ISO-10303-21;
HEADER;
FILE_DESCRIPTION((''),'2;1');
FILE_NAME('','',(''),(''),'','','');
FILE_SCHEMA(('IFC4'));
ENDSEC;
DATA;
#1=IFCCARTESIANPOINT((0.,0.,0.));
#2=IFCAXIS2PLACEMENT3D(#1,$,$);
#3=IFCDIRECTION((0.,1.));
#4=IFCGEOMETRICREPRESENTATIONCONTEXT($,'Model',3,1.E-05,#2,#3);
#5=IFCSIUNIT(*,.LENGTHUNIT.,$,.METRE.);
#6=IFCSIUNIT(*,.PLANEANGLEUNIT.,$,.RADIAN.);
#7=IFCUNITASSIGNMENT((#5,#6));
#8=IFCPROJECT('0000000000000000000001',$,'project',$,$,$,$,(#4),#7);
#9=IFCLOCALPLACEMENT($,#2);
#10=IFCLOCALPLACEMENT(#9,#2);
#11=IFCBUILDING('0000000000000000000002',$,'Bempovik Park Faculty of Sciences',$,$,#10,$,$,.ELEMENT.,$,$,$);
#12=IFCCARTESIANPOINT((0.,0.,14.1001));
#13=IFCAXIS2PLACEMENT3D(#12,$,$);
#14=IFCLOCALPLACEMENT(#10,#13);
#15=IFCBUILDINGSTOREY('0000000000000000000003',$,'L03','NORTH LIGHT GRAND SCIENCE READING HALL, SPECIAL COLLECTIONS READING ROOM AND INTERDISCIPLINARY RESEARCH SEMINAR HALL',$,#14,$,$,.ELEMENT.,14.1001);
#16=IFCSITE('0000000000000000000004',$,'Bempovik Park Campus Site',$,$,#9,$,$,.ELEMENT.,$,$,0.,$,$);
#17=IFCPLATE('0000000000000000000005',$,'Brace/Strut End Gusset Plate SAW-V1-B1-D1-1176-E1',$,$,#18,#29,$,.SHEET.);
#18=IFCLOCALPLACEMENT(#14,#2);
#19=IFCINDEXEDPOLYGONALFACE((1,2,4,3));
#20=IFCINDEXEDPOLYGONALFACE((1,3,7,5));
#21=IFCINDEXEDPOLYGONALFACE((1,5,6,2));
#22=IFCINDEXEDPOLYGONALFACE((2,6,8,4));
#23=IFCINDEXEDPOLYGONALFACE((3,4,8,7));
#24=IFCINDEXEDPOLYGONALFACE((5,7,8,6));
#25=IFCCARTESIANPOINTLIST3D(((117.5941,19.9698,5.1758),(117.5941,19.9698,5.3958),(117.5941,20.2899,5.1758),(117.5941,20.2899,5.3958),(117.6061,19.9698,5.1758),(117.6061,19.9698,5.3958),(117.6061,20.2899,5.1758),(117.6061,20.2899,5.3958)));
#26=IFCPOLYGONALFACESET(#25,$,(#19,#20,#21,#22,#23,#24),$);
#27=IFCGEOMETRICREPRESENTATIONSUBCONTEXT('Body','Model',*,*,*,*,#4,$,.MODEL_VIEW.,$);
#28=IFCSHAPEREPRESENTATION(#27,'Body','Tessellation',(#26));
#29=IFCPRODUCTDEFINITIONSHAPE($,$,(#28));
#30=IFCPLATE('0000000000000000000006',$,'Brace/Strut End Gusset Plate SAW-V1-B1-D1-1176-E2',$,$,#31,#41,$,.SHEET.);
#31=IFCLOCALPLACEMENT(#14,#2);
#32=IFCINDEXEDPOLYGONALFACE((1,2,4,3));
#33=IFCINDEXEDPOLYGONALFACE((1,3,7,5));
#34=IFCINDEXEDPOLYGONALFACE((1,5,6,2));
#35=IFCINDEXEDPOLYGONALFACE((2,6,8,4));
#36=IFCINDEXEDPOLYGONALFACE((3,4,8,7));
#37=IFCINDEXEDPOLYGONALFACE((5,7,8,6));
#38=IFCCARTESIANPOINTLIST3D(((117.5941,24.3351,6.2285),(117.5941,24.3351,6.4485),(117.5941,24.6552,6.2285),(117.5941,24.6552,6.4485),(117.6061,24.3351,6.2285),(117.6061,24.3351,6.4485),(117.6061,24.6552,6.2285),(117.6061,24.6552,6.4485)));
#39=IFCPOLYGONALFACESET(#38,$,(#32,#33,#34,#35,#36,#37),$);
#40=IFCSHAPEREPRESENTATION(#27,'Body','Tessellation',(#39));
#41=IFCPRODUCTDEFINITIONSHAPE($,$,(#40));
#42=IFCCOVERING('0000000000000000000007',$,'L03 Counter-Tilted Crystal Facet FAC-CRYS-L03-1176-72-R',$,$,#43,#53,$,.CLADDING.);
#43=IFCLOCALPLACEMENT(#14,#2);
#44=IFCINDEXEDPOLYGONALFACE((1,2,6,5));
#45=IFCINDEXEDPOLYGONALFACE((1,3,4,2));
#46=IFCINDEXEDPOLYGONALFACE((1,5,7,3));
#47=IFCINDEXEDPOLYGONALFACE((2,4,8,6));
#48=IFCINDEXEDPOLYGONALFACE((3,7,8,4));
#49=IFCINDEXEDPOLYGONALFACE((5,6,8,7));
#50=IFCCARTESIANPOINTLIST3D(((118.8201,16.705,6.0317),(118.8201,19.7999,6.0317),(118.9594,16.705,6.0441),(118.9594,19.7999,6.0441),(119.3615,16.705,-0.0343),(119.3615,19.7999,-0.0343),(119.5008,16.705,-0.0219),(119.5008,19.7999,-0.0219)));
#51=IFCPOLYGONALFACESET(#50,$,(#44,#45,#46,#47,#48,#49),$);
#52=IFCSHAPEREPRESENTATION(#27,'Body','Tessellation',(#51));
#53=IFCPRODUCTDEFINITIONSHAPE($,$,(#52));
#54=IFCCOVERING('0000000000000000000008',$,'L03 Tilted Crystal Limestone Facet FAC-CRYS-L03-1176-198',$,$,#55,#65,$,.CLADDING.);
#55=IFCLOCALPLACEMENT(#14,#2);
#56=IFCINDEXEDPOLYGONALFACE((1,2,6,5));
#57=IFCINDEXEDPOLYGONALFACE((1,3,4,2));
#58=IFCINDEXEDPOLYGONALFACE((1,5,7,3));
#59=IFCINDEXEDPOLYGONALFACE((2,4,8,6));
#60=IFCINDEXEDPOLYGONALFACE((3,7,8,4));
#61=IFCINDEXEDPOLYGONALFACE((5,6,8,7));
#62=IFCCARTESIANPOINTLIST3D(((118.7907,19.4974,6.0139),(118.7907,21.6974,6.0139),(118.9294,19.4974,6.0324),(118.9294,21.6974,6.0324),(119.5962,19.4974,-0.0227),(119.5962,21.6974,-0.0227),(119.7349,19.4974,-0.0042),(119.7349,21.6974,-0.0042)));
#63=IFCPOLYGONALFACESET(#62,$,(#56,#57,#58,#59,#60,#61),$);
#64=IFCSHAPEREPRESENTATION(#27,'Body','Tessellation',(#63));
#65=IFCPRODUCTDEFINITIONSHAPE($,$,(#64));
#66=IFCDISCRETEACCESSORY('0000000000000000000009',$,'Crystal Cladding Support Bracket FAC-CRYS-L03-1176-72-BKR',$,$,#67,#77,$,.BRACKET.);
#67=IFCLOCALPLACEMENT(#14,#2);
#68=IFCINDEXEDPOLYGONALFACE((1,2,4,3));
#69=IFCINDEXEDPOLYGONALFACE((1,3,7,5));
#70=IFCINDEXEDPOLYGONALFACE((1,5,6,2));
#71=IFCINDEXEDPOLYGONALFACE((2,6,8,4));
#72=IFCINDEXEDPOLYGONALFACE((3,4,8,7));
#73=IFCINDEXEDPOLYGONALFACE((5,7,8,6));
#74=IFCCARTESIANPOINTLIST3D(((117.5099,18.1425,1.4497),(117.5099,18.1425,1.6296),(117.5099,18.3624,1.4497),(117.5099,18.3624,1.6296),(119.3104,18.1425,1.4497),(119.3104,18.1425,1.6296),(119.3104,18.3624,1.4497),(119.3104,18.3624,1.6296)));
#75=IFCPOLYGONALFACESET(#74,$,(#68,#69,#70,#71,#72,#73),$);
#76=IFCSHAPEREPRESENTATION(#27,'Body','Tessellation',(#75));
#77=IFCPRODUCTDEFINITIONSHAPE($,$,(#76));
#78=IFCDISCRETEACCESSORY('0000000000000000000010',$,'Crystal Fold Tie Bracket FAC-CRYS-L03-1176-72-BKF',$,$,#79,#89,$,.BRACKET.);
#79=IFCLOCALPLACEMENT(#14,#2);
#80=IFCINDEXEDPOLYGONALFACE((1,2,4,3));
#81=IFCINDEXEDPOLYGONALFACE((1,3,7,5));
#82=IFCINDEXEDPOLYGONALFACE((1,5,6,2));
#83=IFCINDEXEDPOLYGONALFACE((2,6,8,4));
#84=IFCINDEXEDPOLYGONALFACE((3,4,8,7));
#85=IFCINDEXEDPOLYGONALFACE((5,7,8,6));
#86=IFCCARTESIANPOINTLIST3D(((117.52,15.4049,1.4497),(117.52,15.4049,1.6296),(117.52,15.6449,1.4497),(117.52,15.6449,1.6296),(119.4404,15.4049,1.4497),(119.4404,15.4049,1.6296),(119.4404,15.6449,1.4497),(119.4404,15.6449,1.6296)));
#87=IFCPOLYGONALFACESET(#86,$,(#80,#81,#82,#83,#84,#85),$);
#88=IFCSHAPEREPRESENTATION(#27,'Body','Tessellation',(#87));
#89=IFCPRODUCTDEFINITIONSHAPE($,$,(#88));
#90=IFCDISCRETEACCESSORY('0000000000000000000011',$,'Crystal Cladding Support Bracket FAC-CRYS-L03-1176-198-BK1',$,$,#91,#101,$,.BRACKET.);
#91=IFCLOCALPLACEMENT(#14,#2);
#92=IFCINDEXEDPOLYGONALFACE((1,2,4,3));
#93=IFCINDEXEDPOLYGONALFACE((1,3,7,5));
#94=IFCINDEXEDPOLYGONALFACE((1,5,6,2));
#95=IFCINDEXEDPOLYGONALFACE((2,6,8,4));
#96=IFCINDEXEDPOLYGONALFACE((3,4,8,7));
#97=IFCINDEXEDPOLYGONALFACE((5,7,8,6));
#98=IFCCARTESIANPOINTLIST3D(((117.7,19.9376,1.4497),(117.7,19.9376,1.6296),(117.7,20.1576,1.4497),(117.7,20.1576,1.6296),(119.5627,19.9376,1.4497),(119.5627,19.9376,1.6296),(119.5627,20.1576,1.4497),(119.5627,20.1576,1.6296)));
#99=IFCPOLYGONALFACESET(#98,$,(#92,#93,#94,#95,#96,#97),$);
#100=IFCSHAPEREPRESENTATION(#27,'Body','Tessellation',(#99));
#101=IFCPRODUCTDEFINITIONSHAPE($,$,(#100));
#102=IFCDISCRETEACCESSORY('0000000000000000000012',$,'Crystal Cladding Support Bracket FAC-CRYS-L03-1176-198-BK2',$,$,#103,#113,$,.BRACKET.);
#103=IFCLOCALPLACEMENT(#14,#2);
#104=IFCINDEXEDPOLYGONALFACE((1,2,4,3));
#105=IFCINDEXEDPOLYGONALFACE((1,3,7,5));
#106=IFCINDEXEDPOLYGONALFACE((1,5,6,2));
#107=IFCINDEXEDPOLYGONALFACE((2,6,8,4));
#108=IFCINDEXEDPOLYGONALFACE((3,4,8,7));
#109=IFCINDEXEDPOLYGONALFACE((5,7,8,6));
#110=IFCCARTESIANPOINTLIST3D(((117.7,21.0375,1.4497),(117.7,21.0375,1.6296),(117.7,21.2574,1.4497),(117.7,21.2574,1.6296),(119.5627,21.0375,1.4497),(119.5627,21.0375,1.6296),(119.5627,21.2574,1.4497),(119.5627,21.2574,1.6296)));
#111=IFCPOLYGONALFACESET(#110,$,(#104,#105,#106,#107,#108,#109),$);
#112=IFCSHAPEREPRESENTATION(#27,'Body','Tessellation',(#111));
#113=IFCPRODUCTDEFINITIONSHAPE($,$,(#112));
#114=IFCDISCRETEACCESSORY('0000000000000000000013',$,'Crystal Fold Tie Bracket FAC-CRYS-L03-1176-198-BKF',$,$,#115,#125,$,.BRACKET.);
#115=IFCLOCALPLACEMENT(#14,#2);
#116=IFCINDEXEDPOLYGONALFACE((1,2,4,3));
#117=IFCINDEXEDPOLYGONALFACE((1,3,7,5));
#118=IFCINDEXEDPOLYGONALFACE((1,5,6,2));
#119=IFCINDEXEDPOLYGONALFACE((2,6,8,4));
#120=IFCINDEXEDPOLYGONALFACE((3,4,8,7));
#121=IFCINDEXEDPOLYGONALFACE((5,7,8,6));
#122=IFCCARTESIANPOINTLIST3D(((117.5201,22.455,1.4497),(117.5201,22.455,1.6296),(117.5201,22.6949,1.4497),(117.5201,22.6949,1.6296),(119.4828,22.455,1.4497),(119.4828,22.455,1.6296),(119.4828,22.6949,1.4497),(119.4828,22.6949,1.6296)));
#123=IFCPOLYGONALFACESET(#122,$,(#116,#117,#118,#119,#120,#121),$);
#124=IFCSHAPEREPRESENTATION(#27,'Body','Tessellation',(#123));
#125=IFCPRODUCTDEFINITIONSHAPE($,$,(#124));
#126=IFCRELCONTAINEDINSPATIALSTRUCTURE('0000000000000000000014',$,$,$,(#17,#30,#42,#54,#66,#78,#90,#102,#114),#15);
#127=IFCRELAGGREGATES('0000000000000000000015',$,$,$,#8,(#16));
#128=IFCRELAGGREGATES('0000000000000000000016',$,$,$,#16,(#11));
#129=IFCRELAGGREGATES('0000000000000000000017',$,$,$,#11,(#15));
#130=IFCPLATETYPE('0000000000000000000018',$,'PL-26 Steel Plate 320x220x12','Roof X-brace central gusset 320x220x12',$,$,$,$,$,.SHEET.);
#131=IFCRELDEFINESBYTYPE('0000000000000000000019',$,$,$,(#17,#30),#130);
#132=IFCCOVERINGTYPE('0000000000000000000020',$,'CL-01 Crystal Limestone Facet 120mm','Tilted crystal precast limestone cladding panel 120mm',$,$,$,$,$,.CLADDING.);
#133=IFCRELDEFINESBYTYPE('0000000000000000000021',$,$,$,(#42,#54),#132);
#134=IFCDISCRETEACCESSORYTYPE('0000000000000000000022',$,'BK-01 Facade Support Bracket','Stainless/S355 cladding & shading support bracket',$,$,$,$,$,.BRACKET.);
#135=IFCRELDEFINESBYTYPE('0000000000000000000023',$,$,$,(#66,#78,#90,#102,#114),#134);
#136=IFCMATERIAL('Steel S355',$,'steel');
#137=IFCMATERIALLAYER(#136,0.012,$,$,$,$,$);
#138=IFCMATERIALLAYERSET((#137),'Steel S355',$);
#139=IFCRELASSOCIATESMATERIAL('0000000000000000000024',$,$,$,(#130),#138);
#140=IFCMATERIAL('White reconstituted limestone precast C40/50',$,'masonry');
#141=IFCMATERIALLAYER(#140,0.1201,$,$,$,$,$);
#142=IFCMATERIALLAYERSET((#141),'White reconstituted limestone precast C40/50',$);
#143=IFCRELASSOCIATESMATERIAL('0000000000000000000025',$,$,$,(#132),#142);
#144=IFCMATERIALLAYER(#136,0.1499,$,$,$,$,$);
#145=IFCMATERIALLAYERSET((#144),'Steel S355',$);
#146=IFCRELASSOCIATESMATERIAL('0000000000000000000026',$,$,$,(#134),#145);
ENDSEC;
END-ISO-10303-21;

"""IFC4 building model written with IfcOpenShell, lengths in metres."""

from ifc_helpers import new_model, si_unit, direction, frame, origin, origin_2d, place, context, subcontext, project, spatial, rectangle, extrude, material, layer, layer_set, type_object, element, save


model = new_model("IFC4")

# Units and contexts
model_context = context("Model", 3, precision=1e-05, world=origin(), true_north=direction((0.0, 1.0)))
body_context = subcontext(model_context, "Body", "Model", "MODEL_VIEW")
ifc_project = project(units=[si_unit("LENGTHUNIT", "METRE"), si_unit("PLANEANGLEUNIT", "RADIAN")], contexts=[model_context])

# Site, building, storey
site_placement = place(None, origin())
site = spatial("IfcSite", under=ifc_project, at=site_placement, Name="Bempovik Park Campus Site", CompositionType="ELEMENT", RefElevation=0.0)
building_placement = place(site_placement, origin())
building = spatial("IfcBuilding", under=site, at=building_placement, Name="Bempovik Park Faculty of Sciences", CompositionType="ELEMENT")
storey_placement = place(building_placement, frame((0.0, 0.0, 14.1001)))
storey = spatial("IfcBuildingStorey", under=building, at=storey_placement, Name="L03", Description="NORTH LIGHT GRAND SCIENCE READING HALL, SPECIAL COLLECTIONS READING ROOM AND INTERDISCIPLINARY RESEARCH SEMINAR HALL", CompositionType="ELEMENT", Elevation=14.1001)

# Shared definitions
ifc_material_1 = material(Name="Steel S355", Category="steel")

# Plates
ifc_layer_1 = layer(ifc_material_1, 0.012)
ifc_layer_set_1 = layer_set([ifc_layer_1], Name="Steel S355")
plate_type_1 = type_object("IfcPlateType", Name="PL-26 Steel Plate 320x220x12", Description="Roof X-brace central gusset 320x220x12", PredefinedType="SHEET", material=ifc_layer_set_1)
for number, where, z_axis, x_axis, name in (
    (1, (117.6001, 20.1299, 5.1758), (0.0, 0.0, 1.0), (1.0, 0.0, 0.0), "Brace/Strut End Gusset Plate SAW-V1-B1-D1-1176-E1"),
    (2, (117.6001, 24.4951, 6.2285), (0.0, 0.0, 1.0), (1.0, 0.0, 0.0), "Brace/Strut End Gusset Plate SAW-V1-B1-D1-1176-E2"),
):
    element("IfcPlate", number, at=place(storey_placement, frame(where, z_axis=z_axis, x_axis=x_axis)), inside=storey, type_object=plate_type_1, Name=name, PredefinedType="SHEET", context=body_context, shape_type="SweptSolid", body=[
        extrude(rectangle(XDim=0.012, YDim=0.3201, at=origin_2d()), origin(), (0.0, 0.0, 1.0), 0.22),
    ])

# Coverings
ifc_material_2 = material(Name="White reconstituted limestone precast C40/50", Category="masonry")
ifc_layer_2 = layer(ifc_material_2, 0.1201)
ifc_layer_set_2 = layer_set([ifc_layer_2], Name="White reconstituted limestone precast C40/50")
covering_type = type_object("IfcCoveringType", Name="CL-01 Crystal Limestone Facet 120mm", Description="Tilted crystal precast limestone cladding panel 120mm", PredefinedType="CLADDING", material=ifc_layer_set_2)
covering_1_placement = place(storey_placement, frame((119.4312, 18.2524, -0.0281), z_axis=(-0.088894, 0.0, 0.996041), x_axis=(0.0, 1.0, 0.0)))
element("IfcCovering", 3, at=covering_1_placement, inside=storey, type_object=covering_type, Name="L03 Counter-Tilted Crystal Facet FAC-CRYS-L03-1176-72-R", PredefinedType="CLADDING", context=body_context, shape_type="SweptSolid", body=[
    extrude(rectangle(XDim=3.095, YDim=0.1399, at=origin_2d()), origin(), (0.0, 0.0, 1.0), 6.0901),
])
covering_2_placement = place(storey_placement, frame((119.6655, 20.5974, -0.0134), z_axis=(-0.132256, 0.0, 0.991216), x_axis=(0.0, 1.0, 0.0)))
element("IfcCovering", 4, at=covering_2_placement, inside=storey, type_object=covering_type, Name="L03 Tilted Crystal Limestone Facet FAC-CRYS-L03-1176-198", PredefinedType="CLADDING", context=body_context, shape_type="SweptSolid", body=[
    extrude(rectangle(XDim=2.2, YDim=0.1399, at=origin_2d()), origin(), (0.0, 0.0, 1.0), 6.0901),
])

# Discrete accessories
ifc_layer_3 = layer(ifc_material_1, 0.1499)
ifc_layer_set_3 = layer_set([ifc_layer_3], Name="Steel S355")
discrete_accessory_type = type_object("IfcDiscreteAccessoryType", Name="BK-01 Facade Support Bracket", Description="Stainless/S355 cladding & shading support bracket", PredefinedType="BRACKET", material=ifc_layer_set_3)
discrete_accessory_1_placement = place(storey_placement, frame((118.4102, 18.2524, 1.4497), z_axis=(0.0, 0.0, 1.0), x_axis=(1.0, 0.0, 0.0)))
element("IfcDiscreteAccessory", 5, at=discrete_accessory_1_placement, inside=storey, type_object=discrete_accessory_type, Name="Crystal Cladding Support Bracket FAC-CRYS-L03-1176-72-BKR", PredefinedType="BRACKET", context=body_context, shape_type="SweptSolid", body=[
    extrude(rectangle(XDim=1.8005, YDim=0.22, at=origin_2d()), origin(), (0.0, 0.0, 1.0), 0.1799),
])
discrete_accessory_2_placement = place(storey_placement, frame((118.4802, 15.5249, 1.4497), z_axis=(0.0, 0.0, 1.0), x_axis=(1.0, 0.0, 0.0)))
element("IfcDiscreteAccessory", 6, at=discrete_accessory_2_placement, inside=storey, type_object=discrete_accessory_type, Name="Crystal Fold Tie Bracket FAC-CRYS-L03-1176-72-BKF", PredefinedType="BRACKET", context=body_context, shape_type="SweptSolid", body=[
    extrude(rectangle(XDim=1.9204, YDim=0.24, at=origin_2d()), origin(), (0.0, 0.0, 1.0), 0.1799),
])
for number, where, z_axis, x_axis, name in (
    (7, (118.6313, 20.0476, 1.4497), (0.0, 0.0, 1.0), (1.0, 0.0, 0.0), "Crystal Cladding Support Bracket FAC-CRYS-L03-1176-198-BK1"),
    (8, (118.6313, 21.1475, 1.4497), (0.0, 0.0, 1.0), (1.0, 0.0, 0.0), "Crystal Cladding Support Bracket FAC-CRYS-L03-1176-198-BK2"),
):
    element("IfcDiscreteAccessory", number, at=place(storey_placement, frame(where, z_axis=z_axis, x_axis=x_axis)), inside=storey, type_object=discrete_accessory_type, Name=name, PredefinedType="BRACKET", context=body_context, shape_type="SweptSolid", body=[
        extrude(rectangle(XDim=1.8628, YDim=0.22, at=origin_2d()), origin(), (0.0, 0.0, 1.0), 0.1799),
    ])
discrete_accessory_3_placement = place(storey_placement, frame((118.5015, 22.575, 1.4497), z_axis=(0.0, 0.0, 1.0), x_axis=(1.0, 0.0, 0.0)))
element("IfcDiscreteAccessory", 9, at=discrete_accessory_3_placement, inside=storey, type_object=discrete_accessory_type, Name="Crystal Fold Tie Bracket FAC-CRYS-L03-1176-198-BKF", PredefinedType="BRACKET", context=body_context, shape_type="SweptSolid", body=[
    extrude(rectangle(XDim=1.9626, YDim=0.24, at=origin_2d()), origin(), (0.0, 0.0, 1.0), 0.1799),
])

save(model, "model.ifc")
